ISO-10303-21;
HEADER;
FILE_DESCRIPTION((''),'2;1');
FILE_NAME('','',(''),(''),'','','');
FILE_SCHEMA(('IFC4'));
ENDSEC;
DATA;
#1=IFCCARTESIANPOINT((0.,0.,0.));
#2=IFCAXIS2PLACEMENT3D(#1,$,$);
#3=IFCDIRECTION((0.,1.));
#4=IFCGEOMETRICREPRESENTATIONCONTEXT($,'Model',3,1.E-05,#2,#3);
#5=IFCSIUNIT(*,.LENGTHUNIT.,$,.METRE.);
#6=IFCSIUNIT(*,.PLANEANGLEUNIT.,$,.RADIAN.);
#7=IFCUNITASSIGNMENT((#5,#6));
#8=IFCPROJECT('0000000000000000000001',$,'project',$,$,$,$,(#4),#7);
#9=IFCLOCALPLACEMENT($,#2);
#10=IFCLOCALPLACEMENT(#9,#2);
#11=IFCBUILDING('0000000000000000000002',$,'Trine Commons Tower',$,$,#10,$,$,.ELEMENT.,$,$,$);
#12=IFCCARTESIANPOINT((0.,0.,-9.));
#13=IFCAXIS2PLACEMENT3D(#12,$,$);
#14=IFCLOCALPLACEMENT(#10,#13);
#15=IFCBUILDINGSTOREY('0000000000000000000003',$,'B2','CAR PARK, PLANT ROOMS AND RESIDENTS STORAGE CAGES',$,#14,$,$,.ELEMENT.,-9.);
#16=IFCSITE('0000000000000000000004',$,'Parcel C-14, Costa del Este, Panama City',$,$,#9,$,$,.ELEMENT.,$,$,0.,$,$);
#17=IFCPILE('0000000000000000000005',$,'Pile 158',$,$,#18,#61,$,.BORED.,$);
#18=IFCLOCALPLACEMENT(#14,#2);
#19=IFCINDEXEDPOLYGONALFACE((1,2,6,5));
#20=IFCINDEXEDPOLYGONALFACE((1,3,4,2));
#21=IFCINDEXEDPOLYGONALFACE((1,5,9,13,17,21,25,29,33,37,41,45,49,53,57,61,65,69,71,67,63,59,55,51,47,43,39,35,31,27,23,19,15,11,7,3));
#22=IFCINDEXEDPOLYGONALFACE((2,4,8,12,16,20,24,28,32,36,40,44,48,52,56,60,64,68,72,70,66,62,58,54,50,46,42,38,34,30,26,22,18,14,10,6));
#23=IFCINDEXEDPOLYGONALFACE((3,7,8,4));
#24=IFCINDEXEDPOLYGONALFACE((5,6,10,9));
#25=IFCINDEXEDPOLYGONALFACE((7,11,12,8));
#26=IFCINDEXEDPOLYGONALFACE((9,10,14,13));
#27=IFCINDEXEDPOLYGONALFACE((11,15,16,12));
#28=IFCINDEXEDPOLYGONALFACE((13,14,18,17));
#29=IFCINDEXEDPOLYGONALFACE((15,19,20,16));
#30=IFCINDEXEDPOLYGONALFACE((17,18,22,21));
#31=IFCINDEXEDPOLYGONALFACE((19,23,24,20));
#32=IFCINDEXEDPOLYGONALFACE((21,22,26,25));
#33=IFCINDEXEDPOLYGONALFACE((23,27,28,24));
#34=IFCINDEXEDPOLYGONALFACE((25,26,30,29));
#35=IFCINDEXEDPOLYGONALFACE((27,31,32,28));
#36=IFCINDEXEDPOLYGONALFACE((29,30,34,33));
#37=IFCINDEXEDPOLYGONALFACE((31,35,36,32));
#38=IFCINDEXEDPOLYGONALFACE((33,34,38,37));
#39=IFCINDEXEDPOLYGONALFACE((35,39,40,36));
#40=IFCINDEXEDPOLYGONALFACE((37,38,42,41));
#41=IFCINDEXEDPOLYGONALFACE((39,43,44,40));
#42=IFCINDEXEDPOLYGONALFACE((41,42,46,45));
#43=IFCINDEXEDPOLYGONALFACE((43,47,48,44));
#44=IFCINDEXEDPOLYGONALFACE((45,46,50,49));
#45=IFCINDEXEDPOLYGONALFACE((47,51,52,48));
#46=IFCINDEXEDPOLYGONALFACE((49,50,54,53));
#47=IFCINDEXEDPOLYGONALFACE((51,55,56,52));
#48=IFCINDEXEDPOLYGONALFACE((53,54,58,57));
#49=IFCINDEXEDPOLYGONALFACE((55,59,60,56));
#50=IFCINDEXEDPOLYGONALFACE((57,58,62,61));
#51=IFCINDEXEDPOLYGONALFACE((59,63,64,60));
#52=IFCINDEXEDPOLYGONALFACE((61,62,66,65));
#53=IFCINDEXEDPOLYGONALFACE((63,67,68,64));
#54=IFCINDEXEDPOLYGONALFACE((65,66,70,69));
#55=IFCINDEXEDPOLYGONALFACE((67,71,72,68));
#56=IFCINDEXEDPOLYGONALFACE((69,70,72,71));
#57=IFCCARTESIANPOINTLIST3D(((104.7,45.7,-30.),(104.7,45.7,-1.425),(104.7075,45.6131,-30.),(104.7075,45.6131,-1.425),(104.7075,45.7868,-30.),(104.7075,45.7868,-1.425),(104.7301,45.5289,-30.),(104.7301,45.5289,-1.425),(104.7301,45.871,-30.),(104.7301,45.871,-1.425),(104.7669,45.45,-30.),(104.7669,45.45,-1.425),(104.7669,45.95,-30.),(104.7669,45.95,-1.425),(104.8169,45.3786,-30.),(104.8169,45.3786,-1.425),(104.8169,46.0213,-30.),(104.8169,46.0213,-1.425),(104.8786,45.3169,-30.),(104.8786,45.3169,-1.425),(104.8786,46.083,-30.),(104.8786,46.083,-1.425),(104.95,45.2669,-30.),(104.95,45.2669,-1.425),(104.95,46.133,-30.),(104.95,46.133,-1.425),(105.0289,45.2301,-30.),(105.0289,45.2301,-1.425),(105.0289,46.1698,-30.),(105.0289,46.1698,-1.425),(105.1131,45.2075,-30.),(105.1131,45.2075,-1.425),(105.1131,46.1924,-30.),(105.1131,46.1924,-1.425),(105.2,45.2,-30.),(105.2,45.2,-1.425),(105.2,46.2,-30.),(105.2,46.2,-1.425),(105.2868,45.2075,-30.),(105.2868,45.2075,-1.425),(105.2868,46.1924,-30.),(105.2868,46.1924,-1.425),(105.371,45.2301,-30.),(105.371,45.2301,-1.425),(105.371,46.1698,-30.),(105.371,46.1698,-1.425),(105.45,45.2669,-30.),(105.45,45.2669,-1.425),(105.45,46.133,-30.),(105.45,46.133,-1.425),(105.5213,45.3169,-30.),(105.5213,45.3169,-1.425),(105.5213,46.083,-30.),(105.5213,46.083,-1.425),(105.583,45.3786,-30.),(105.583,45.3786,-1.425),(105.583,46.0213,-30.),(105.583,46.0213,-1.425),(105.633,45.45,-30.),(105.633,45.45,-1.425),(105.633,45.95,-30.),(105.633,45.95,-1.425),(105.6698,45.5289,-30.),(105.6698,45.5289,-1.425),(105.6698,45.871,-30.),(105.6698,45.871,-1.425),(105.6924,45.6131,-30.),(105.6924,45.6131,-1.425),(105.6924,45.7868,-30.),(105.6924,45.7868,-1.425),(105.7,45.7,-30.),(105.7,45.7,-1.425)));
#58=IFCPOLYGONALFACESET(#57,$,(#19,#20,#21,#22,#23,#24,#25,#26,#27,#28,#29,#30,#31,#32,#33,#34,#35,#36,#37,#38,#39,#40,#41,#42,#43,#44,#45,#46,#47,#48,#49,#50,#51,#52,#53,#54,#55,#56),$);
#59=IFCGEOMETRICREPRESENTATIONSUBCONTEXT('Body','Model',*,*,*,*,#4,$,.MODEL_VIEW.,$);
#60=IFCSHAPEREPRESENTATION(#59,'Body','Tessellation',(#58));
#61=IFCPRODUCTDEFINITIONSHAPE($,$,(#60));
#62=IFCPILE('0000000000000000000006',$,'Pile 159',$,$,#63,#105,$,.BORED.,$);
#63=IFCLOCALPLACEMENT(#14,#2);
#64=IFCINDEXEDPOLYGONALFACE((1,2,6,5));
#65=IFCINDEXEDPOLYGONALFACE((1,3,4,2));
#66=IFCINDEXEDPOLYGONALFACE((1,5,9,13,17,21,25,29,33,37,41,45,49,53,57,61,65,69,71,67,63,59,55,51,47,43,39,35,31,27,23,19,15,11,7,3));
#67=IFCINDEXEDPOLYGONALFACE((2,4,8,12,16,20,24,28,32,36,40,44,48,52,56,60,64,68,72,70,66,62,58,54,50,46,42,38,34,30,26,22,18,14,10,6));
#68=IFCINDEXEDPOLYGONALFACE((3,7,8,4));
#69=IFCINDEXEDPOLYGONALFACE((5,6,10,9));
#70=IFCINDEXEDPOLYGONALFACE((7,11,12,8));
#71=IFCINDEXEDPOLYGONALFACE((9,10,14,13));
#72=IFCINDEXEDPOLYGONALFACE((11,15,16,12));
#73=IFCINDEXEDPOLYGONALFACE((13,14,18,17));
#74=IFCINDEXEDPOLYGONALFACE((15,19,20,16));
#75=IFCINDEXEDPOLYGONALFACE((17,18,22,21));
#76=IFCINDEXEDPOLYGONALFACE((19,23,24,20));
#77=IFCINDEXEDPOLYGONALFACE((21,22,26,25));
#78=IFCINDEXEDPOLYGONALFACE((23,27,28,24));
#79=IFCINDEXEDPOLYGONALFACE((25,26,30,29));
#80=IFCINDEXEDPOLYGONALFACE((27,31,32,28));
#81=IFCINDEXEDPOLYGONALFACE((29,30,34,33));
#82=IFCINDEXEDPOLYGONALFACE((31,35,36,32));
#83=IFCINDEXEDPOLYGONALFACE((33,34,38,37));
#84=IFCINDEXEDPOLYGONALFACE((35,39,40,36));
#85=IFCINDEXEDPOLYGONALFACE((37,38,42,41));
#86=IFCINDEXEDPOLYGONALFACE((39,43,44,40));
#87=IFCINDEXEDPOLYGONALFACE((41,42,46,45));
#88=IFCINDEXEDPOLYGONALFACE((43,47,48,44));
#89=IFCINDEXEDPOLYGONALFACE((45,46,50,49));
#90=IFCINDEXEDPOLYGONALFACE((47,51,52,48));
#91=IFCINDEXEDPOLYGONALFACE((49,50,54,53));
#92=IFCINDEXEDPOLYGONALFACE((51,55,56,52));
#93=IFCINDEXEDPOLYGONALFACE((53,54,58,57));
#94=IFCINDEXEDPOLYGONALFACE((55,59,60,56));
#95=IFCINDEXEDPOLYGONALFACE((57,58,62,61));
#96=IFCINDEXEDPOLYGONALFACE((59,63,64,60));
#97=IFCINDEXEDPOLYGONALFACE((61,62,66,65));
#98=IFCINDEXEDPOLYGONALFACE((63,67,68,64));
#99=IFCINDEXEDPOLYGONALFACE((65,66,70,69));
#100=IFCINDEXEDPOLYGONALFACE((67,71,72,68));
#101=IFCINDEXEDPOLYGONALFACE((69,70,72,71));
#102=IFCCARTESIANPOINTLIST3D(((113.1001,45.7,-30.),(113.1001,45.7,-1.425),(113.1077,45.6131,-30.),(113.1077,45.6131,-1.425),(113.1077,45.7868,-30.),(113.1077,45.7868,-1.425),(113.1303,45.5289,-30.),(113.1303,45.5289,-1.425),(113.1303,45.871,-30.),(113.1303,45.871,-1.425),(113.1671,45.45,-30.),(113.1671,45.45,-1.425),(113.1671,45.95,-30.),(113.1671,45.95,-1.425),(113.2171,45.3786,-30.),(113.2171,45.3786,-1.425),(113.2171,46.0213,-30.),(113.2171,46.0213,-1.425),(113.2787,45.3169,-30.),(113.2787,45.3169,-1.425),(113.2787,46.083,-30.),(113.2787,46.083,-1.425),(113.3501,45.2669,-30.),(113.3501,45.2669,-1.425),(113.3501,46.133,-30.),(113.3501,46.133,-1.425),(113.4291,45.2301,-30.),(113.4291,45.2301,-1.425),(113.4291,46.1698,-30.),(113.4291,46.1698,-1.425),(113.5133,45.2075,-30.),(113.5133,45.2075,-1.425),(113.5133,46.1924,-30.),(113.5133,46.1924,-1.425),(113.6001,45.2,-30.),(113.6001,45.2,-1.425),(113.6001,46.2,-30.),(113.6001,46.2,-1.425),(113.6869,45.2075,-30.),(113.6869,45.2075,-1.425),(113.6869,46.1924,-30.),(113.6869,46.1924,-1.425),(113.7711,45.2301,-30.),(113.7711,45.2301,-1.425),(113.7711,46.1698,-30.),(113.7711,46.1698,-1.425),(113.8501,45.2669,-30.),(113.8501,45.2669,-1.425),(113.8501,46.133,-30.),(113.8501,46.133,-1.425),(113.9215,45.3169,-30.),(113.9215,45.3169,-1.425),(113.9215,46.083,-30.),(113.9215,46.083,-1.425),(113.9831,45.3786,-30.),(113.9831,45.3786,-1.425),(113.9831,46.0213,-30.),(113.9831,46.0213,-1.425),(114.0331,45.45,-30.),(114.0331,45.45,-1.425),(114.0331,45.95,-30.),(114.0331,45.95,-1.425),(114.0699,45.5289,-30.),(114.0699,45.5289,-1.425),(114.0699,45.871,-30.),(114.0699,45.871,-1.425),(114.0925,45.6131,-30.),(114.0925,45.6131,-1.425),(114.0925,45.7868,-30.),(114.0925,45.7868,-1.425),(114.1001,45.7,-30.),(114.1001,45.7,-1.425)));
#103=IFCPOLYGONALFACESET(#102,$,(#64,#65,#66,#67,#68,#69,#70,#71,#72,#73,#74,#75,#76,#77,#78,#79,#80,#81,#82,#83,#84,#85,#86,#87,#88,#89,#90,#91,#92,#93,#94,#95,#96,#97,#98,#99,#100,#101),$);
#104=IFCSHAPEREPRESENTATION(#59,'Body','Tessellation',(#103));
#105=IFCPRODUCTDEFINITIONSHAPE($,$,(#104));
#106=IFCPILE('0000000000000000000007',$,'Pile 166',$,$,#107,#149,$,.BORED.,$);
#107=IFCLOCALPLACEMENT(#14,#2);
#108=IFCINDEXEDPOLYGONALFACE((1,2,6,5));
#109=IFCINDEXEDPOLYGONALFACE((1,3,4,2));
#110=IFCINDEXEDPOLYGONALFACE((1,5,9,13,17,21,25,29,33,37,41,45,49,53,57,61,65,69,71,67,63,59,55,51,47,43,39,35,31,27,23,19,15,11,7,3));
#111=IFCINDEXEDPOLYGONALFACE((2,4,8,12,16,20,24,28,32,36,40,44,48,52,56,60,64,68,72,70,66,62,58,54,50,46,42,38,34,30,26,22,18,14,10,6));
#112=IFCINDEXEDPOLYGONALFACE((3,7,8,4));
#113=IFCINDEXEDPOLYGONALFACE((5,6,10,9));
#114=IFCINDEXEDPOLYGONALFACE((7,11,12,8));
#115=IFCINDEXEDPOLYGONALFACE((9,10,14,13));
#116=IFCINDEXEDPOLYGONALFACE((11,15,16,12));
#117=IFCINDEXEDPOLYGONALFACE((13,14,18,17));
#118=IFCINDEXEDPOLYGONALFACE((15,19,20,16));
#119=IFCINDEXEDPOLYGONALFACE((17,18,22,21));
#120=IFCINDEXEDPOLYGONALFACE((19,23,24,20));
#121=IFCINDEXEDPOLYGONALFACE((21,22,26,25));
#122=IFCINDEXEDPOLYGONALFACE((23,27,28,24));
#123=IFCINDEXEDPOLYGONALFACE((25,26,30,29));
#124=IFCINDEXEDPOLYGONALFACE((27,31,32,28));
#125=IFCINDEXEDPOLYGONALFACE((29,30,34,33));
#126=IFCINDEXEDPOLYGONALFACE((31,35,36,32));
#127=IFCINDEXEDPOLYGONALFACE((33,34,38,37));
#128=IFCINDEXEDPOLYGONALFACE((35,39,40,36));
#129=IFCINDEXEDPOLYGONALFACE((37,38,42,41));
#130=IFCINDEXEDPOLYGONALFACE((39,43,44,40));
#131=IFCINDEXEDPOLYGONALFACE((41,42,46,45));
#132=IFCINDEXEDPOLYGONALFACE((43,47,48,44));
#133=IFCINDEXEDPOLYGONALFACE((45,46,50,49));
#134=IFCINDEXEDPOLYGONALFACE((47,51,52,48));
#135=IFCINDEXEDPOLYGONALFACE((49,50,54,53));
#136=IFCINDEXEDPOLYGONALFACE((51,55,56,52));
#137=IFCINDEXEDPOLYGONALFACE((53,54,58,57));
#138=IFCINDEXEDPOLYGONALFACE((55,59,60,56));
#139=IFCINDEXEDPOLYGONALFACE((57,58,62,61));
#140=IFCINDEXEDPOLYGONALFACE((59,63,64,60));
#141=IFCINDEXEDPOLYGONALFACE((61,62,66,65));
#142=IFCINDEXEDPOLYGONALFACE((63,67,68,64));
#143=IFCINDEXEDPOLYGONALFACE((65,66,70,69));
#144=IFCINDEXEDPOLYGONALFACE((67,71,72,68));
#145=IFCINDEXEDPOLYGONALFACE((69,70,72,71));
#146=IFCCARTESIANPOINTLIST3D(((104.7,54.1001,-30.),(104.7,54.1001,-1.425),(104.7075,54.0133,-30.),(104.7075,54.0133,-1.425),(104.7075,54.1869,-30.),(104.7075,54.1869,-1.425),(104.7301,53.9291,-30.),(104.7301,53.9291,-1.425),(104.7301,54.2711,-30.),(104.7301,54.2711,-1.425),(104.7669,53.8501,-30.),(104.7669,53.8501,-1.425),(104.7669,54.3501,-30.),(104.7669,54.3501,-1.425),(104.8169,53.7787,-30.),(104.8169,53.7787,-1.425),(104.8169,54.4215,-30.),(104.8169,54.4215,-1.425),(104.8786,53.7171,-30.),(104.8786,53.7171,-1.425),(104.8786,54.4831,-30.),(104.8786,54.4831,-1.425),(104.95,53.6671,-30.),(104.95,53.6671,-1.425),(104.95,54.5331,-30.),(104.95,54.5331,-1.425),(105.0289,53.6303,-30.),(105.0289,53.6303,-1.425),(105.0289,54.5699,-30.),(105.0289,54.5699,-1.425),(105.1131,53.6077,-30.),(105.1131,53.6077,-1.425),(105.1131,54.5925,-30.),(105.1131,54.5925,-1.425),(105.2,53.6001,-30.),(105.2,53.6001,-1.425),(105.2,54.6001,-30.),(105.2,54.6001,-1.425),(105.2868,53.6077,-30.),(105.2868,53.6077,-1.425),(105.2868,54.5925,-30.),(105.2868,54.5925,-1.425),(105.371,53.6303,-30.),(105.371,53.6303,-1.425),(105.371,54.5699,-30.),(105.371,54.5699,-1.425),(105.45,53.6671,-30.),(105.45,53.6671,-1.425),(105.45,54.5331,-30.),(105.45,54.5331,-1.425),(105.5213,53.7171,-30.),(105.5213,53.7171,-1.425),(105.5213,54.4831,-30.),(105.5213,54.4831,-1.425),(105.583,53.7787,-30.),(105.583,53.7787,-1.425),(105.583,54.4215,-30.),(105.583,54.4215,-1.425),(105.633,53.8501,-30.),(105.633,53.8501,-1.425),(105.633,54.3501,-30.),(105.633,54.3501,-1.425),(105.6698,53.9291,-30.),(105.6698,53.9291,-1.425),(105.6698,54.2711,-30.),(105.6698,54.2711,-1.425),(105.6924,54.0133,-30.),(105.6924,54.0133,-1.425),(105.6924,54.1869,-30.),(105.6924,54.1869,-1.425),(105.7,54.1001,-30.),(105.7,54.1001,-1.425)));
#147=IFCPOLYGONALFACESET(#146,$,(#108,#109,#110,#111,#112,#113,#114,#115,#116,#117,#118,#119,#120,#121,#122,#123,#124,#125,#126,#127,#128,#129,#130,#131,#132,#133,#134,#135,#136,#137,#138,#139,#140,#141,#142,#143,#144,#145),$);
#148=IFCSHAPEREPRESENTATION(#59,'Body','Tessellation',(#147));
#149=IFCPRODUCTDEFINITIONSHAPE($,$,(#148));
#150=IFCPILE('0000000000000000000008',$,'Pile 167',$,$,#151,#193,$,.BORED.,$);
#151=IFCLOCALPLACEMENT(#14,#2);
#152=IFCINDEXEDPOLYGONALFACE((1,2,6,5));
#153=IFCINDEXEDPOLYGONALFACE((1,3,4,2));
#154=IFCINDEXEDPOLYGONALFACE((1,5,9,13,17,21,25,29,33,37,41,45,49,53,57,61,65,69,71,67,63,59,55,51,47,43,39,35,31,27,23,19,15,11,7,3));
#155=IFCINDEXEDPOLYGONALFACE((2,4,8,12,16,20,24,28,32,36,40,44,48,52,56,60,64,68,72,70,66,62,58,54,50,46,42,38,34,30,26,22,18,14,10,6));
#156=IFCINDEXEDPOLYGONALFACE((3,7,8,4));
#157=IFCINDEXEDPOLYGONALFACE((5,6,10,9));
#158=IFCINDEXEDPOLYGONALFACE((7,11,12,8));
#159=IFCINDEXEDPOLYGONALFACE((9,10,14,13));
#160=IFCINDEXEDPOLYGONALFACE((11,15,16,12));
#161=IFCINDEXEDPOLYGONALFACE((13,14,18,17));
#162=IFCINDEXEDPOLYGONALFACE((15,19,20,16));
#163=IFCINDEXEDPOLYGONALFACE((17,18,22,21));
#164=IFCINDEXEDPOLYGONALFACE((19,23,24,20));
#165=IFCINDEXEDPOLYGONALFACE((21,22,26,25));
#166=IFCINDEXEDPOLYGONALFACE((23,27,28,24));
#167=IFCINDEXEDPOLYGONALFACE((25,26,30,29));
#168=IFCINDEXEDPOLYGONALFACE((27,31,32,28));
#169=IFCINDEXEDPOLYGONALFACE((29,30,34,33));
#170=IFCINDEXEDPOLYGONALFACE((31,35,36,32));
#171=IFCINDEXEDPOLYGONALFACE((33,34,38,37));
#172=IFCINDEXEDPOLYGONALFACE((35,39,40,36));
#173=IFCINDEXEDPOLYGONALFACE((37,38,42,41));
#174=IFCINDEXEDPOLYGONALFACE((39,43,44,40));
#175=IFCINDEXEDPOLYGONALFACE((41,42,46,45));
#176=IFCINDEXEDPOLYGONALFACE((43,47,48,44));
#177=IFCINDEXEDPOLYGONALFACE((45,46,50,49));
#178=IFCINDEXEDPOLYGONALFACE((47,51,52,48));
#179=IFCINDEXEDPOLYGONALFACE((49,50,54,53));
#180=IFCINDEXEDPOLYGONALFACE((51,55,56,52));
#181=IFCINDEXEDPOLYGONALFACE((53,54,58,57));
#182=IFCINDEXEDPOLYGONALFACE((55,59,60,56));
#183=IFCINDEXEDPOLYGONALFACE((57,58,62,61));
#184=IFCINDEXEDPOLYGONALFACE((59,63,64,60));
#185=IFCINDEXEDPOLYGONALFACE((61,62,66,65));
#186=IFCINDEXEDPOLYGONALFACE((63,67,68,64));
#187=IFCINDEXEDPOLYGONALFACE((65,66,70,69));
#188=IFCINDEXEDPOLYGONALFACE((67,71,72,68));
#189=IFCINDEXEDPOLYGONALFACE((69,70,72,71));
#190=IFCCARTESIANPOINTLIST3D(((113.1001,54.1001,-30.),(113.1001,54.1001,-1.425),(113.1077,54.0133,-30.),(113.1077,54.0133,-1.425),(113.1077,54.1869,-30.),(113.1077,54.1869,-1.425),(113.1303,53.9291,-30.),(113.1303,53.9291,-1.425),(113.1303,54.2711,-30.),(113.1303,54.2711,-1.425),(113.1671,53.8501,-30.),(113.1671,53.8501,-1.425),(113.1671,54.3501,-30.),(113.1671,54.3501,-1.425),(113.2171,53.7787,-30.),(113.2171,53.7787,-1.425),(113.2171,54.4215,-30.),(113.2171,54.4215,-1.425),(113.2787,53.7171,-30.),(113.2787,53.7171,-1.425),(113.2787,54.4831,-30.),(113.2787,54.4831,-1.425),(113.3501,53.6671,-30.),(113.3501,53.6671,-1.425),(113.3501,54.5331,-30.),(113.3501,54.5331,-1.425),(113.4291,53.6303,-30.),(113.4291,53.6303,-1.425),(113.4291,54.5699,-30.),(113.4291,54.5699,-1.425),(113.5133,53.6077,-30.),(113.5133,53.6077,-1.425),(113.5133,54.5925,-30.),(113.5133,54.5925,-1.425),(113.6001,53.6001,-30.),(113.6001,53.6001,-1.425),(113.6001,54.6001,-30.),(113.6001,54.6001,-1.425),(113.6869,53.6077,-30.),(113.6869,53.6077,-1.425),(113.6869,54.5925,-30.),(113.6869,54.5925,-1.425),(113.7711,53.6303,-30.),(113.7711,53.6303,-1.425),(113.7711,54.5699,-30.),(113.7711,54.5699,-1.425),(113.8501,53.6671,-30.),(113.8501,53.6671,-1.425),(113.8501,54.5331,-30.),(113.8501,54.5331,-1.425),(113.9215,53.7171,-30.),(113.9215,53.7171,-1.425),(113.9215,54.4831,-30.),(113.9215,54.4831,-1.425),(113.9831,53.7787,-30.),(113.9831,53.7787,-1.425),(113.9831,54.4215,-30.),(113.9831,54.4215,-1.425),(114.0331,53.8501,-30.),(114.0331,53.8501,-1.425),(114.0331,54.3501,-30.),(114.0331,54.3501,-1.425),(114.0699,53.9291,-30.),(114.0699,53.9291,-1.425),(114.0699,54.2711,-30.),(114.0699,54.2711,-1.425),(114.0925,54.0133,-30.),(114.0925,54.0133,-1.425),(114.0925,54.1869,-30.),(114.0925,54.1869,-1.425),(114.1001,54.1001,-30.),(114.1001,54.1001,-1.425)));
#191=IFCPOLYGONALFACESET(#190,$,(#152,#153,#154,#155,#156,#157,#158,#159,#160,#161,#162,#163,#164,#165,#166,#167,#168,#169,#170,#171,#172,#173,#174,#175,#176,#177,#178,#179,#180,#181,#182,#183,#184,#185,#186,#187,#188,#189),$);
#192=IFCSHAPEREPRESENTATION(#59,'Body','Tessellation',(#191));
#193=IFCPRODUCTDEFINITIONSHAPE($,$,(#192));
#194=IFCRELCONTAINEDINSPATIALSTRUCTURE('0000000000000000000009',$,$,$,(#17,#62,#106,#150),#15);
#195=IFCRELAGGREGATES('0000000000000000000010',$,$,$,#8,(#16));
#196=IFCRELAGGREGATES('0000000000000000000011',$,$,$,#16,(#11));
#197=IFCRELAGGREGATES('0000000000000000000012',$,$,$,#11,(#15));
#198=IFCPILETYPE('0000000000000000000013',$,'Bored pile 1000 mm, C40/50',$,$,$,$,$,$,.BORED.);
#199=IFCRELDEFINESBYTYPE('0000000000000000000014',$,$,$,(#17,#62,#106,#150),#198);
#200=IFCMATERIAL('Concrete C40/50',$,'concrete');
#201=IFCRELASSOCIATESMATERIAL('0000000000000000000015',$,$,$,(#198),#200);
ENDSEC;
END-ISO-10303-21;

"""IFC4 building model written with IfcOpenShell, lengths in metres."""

from ifc_helpers import new_model, si_unit, direction, frame, origin, origin_2d, place, context, subcontext, project, spatial, circle, extrude, material, type_object, element, save


model = new_model("IFC4")

# Units and contexts
model_context = context("Model", 3, precision=1e-05, world=origin(), true_north=direction((0.0, 1.0)))
body_context = subcontext(model_context, "Body", "Model", "MODEL_VIEW")
ifc_project = project(units=[si_unit("LENGTHUNIT", "METRE"), si_unit("PLANEANGLEUNIT", "RADIAN")], contexts=[model_context])

# Site, building, storey
site_placement = place(None, origin())
site = spatial("IfcSite", under=ifc_project, at=site_placement, Name="Parcel C-14, Costa del Este, Panama City", CompositionType="ELEMENT", RefElevation=0.0)
building_placement = place(site_placement, origin())
building = spatial("IfcBuilding", under=site, at=building_placement, Name="Trine Commons Tower", CompositionType="ELEMENT")
storey_placement = place(building_placement, frame((0.0, 0.0, -9.0)))
storey = spatial("IfcBuildingStorey", under=building, at=storey_placement, Name="B2", Description="CAR PARK, PLANT ROOMS AND RESIDENTS STORAGE CAGES", CompositionType="ELEMENT", Elevation=-9.0)

# Piles
ifc_material_1 = material(Name="Concrete C40/50", Category="concrete")
pile_type_1 = type_object("IfcPileType", Name="Bored pile 1000 mm, C40/50", PredefinedType="BORED", material=ifc_material_1)
for number, where, z_axis, x_axis, name in (
    (1, (105.2, 45.7, -1.425), (0.0, 0.0, -1.0), (1.0, 0.0, 0.0), "Pile 158"),
    (2, (113.6001, 45.7, -1.425), (0.0, 0.0, -1.0), (1.0, 0.0, 0.0), "Pile 159"),
    (3, (105.2, 54.1001, -1.425), (0.0, 0.0, -1.0), (1.0, 0.0, 0.0), "Pile 166"),
    (4, (113.6001, 54.1001, -1.425), (0.0, 0.0, -1.0), (1.0, 0.0, 0.0), "Pile 167"),
):
    element("IfcPile", number, at=place(storey_placement, frame(where, z_axis=z_axis, x_axis=x_axis)), inside=storey, type_object=pile_type_1, Name=name, PredefinedType="BORED", context=body_context, shape_type="SweptSolid", body=[
        extrude(circle(Radius=0.5, at=origin_2d()), origin(), (0.0, 0.0, 1.0), 28.575),
    ])

save(model, "model.ifc")
